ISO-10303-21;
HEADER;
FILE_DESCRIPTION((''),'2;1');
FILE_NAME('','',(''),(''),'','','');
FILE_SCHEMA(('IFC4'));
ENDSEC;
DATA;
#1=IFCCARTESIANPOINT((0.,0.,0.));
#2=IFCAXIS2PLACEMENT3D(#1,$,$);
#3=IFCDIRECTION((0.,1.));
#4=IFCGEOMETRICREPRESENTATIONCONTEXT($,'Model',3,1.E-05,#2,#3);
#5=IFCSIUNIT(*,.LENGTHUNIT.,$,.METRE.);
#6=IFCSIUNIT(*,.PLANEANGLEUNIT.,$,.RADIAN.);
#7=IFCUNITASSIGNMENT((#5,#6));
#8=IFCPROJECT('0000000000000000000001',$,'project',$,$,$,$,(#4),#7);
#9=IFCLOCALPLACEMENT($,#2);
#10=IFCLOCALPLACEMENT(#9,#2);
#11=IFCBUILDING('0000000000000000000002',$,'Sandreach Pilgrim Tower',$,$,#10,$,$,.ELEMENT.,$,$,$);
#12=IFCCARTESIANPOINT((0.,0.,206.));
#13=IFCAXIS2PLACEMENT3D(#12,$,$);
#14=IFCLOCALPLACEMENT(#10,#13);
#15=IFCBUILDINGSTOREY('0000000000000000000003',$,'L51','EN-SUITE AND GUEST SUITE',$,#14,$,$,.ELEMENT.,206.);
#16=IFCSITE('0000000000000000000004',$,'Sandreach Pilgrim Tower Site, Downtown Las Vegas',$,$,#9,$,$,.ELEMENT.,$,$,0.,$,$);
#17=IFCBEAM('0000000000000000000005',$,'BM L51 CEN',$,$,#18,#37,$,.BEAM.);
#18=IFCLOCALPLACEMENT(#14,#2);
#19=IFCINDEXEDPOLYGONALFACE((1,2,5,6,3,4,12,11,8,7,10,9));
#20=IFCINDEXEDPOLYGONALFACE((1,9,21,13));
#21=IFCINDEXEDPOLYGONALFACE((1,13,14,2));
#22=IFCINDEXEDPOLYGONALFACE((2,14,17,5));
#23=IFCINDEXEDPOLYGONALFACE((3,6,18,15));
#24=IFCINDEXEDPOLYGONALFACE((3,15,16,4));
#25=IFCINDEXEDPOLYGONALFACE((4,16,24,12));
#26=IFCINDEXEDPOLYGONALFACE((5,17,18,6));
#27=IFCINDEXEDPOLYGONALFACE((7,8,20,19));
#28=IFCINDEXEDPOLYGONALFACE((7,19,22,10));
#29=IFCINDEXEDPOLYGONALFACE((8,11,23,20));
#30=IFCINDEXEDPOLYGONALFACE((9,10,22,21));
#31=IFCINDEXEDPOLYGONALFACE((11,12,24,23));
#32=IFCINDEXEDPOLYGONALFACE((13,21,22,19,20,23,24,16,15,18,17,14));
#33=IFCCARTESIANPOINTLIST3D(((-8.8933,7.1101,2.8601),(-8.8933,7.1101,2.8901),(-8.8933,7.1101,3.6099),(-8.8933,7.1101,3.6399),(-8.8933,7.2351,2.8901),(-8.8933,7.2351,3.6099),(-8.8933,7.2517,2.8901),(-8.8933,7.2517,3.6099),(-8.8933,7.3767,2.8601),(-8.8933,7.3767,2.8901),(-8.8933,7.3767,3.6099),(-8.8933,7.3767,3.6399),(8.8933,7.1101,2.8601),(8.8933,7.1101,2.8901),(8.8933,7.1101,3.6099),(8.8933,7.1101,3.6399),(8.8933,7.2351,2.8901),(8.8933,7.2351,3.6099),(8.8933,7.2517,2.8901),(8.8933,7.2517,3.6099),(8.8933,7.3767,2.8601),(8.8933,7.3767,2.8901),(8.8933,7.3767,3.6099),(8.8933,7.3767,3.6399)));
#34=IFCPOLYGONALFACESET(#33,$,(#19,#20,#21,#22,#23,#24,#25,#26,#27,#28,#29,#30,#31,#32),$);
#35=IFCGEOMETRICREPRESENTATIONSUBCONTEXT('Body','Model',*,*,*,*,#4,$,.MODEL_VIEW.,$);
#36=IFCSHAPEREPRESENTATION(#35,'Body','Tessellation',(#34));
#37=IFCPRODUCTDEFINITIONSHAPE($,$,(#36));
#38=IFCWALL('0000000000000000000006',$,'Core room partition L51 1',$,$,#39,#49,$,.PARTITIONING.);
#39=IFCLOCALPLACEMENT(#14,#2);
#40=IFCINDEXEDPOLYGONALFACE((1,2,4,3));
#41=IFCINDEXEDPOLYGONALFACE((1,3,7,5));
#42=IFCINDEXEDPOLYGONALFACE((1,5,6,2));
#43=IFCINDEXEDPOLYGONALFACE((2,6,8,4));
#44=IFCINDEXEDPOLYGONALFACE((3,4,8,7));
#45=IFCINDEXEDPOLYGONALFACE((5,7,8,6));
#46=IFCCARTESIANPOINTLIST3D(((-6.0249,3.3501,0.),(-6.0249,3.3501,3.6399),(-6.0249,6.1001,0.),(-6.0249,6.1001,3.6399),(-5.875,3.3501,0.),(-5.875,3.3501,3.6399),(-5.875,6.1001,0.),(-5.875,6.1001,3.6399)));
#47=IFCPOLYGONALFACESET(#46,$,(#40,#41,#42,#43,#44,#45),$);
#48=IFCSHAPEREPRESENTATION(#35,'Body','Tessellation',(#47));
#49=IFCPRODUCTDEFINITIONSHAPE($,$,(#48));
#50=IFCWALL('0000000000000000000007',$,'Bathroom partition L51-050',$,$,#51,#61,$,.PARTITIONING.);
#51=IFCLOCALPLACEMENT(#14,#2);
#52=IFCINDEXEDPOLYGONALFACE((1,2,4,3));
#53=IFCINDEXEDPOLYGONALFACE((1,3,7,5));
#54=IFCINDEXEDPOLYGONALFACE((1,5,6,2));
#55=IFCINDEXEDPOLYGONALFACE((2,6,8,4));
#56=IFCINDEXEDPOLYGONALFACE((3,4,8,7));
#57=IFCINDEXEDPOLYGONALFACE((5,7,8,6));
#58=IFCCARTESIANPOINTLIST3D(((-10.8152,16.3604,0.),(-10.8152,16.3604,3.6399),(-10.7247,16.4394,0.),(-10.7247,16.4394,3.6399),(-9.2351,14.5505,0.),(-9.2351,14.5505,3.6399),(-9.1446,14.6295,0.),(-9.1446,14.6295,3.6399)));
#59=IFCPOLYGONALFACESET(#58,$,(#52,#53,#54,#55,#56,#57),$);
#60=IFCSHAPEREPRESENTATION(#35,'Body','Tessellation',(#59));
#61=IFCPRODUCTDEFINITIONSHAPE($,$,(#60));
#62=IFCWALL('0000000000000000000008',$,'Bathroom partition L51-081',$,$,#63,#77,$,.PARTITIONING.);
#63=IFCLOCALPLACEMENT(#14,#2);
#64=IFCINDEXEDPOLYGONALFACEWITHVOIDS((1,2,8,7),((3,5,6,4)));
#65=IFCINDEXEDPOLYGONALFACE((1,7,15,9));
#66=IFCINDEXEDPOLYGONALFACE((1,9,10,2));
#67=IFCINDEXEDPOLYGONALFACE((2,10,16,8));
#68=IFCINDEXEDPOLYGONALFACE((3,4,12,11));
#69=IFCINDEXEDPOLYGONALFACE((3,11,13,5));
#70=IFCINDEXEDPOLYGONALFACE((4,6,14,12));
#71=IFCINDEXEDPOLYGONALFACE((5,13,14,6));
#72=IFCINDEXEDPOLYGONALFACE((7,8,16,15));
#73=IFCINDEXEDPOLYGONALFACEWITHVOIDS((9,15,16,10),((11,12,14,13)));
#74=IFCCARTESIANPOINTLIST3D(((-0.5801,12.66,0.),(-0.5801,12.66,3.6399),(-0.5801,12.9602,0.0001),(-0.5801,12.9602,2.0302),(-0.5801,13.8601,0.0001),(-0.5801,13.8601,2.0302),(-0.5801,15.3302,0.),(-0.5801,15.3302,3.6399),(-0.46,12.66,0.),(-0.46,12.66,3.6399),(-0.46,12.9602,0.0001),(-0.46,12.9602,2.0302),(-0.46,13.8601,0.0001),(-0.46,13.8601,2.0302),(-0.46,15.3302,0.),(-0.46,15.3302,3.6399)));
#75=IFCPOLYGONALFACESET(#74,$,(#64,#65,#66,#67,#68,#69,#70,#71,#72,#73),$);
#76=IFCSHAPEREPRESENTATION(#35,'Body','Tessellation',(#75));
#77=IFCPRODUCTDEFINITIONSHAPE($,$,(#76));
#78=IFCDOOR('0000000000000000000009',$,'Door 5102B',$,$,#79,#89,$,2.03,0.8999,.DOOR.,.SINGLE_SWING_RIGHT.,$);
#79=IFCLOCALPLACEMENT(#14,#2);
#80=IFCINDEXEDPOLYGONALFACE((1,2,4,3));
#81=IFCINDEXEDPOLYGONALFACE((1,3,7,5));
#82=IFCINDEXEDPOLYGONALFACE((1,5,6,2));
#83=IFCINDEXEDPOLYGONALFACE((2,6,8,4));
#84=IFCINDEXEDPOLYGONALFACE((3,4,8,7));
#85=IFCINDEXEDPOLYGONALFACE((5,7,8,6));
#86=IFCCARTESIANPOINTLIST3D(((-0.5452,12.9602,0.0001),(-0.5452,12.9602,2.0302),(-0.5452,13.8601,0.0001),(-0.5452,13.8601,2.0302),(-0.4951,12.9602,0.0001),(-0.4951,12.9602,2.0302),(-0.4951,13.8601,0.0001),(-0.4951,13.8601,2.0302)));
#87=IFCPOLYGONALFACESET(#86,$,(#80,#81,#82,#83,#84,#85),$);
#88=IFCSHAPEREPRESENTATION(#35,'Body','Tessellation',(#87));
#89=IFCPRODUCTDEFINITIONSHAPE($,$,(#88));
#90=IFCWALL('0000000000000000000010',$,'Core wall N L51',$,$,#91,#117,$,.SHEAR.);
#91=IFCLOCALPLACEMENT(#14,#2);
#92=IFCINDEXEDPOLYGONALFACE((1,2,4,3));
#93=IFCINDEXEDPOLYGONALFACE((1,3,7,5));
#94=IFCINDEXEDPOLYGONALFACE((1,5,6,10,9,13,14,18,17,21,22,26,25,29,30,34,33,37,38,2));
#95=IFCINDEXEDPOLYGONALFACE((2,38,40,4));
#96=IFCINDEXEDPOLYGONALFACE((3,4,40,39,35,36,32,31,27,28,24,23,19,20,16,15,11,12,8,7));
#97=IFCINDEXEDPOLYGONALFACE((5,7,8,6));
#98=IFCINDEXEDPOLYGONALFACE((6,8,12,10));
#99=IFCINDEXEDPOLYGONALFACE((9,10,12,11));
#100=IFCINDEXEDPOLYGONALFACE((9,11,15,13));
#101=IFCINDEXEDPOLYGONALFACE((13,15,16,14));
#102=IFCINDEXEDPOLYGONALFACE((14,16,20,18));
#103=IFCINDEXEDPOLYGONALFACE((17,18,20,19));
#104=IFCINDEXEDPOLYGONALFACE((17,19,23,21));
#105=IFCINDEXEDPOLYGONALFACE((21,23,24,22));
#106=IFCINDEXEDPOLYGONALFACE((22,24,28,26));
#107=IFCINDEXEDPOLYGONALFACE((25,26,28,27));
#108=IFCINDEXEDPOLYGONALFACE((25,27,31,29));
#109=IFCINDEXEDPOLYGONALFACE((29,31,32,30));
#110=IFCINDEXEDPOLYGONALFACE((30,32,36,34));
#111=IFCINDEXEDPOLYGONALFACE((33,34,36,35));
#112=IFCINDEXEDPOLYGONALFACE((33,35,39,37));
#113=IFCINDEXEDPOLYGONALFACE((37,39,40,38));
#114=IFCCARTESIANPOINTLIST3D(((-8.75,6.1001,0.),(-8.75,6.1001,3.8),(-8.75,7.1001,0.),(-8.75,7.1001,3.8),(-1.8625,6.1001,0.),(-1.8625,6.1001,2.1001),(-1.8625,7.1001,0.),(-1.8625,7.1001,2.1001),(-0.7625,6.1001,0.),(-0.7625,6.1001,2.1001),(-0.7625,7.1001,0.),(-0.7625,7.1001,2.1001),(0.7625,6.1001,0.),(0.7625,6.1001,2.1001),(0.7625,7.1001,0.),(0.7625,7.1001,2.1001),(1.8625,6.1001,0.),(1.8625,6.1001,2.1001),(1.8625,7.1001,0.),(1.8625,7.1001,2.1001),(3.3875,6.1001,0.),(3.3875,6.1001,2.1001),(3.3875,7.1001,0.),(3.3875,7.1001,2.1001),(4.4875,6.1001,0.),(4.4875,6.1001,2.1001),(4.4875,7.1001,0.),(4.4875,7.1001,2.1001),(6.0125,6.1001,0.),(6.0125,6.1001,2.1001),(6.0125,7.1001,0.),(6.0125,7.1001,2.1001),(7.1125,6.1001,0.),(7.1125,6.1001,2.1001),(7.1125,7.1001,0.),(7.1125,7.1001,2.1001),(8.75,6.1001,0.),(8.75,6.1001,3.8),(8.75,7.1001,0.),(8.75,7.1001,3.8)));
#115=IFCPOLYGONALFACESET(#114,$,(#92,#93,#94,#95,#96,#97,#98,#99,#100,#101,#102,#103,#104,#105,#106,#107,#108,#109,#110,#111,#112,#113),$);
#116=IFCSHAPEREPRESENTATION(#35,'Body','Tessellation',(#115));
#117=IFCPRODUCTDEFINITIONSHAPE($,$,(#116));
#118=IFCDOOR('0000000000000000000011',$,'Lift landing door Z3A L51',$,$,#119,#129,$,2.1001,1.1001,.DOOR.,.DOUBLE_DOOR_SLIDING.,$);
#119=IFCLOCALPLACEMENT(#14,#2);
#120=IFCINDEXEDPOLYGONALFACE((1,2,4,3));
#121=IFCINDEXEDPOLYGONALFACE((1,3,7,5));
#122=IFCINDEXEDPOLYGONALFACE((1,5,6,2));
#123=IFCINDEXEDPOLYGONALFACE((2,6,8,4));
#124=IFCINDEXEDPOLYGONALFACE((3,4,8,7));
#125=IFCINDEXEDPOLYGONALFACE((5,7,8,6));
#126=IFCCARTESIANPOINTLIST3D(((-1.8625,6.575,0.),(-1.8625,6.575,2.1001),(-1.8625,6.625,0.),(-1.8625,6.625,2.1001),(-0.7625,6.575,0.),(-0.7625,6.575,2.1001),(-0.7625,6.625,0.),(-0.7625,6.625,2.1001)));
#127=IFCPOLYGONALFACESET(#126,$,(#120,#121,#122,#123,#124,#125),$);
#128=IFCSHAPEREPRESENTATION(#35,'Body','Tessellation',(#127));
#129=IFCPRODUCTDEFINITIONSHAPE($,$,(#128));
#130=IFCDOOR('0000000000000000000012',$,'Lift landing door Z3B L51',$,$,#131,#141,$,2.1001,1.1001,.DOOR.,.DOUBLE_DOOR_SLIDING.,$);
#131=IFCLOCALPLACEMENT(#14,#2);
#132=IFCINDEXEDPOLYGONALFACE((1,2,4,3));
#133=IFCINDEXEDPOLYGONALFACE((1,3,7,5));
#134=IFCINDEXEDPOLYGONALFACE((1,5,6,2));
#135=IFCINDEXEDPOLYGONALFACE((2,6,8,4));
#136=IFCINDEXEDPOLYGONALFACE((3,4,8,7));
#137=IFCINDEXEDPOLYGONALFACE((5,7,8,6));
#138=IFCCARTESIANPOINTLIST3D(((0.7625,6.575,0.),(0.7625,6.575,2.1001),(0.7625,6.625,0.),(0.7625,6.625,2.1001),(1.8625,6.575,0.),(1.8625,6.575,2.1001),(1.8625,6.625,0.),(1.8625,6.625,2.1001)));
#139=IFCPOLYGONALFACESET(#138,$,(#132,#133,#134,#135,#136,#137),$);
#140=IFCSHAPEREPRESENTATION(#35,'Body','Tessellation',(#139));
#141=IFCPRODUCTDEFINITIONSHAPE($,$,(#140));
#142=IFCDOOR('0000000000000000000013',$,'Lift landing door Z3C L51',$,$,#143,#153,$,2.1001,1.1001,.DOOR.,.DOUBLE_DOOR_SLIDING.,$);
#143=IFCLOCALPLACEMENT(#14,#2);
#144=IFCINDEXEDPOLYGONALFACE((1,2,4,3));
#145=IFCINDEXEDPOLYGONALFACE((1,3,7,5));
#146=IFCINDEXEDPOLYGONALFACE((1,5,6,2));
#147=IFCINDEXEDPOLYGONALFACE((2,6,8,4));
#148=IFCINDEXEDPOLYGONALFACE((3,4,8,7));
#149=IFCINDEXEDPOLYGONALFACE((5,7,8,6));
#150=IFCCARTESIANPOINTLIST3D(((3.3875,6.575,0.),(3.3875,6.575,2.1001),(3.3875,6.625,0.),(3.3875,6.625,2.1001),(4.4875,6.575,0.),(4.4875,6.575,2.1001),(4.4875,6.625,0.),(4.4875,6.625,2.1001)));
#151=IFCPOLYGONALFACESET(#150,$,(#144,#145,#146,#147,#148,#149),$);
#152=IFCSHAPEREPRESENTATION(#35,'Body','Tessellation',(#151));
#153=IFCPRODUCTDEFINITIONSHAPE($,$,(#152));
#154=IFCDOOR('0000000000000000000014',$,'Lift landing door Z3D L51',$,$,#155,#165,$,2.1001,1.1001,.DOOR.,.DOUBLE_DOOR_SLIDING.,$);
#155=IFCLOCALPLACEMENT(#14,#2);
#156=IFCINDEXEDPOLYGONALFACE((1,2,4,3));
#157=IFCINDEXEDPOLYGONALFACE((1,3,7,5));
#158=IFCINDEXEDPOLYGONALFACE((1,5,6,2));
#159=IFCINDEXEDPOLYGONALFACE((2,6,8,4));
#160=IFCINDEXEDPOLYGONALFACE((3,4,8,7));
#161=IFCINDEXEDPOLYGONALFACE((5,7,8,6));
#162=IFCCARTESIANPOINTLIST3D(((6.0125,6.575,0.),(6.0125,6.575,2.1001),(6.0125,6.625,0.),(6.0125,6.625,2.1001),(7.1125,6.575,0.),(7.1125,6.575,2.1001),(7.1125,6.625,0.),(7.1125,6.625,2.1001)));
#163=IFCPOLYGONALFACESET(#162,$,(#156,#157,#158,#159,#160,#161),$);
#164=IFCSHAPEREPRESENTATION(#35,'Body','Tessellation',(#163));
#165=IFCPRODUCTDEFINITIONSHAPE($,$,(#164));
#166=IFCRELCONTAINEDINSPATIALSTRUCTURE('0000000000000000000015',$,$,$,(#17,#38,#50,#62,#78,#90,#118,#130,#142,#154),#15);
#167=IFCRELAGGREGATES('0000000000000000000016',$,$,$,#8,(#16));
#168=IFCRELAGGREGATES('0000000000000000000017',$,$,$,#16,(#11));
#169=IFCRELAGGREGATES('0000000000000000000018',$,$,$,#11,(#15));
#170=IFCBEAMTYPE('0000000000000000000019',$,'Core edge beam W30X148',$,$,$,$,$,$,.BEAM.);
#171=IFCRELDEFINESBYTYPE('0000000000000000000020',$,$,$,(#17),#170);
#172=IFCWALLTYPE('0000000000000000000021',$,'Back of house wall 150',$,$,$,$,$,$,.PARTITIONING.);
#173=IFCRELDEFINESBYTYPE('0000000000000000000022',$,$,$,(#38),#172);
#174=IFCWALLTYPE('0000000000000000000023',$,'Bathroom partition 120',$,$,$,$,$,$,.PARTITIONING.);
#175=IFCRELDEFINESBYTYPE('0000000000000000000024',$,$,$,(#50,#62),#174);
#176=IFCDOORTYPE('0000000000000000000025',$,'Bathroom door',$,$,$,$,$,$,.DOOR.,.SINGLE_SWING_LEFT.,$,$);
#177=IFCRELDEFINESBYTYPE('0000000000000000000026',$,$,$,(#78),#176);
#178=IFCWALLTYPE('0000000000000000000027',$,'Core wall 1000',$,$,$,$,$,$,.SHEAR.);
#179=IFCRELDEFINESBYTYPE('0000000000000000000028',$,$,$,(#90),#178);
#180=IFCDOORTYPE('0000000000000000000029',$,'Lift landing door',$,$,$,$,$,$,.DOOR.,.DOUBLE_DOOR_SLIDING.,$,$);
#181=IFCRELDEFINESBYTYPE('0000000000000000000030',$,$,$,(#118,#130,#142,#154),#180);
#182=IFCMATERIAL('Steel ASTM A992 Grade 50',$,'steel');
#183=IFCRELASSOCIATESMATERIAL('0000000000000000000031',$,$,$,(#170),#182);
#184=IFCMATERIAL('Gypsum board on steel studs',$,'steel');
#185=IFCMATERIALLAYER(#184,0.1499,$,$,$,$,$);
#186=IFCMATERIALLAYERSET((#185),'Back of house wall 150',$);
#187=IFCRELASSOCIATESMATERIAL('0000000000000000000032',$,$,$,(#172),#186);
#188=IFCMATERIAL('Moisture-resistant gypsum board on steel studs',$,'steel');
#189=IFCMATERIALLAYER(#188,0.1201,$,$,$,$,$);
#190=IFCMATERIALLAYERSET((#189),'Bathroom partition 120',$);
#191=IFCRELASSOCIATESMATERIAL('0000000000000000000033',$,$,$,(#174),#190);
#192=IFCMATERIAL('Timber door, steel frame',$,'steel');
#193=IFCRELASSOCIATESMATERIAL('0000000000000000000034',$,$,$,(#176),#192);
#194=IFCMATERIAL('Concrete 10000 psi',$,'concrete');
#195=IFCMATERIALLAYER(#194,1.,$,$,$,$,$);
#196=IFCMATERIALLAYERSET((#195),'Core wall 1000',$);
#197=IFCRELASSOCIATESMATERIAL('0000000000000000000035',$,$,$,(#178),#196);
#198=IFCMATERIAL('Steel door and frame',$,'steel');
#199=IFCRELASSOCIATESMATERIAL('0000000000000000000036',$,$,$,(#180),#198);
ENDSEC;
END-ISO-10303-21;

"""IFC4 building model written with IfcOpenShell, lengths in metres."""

from ifc_helpers import new_model, si_unit, direction, frame, frame_2d, origin, origin_2d, place, context, subcontext, project, spatial, rectangle, i_section, extrude, material, layer, layer_set, material_profile, profile_set, type_object, element, fill, save


model = new_model("IFC4")

# Units and contexts
model_context = context("Model", 3, precision=1e-05, world=origin(), true_north=direction((0.0, 1.0)))
body_context = subcontext(model_context, "Body", "Model", "MODEL_VIEW")
ifc_project = project(units=[si_unit("LENGTHUNIT", "METRE"), si_unit("PLANEANGLEUNIT", "RADIAN")], contexts=[model_context])

# Site, building, storey
site_placement = place(None, origin())
site = spatial("IfcSite", under=ifc_project, at=site_placement, Name="Sandreach Pilgrim Tower Site, Downtown Las Vegas", CompositionType="ELEMENT", RefElevation=0.0)
building_placement = place(site_placement, origin())
building = spatial("IfcBuilding", under=site, at=building_placement, Name="Sandreach Pilgrim Tower", CompositionType="ELEMENT")
storey_placement = place(building_placement, frame((0.0, 0.0, 206.0)))
storey = spatial("IfcBuildingStorey", under=building, at=storey_placement, Name="L51", Description="EN-SUITE AND GUEST SUITE", CompositionType="ELEMENT", Elevation=206.0)

# Beam
ifc_material_1 = material(Name="Steel ASTM A992 Grade 50", Category="steel")
ifc_material_profile = material_profile(ifc_material_1, i_section(OverallWidth=0.2666, OverallDepth=0.7798, WebThickness=0.0166, FlangeThickness=0.03, at=origin_2d()), Name="W30X148")
ifc_profile_set = profile_set([ifc_material_profile], Name="Steel ASTM A992 Grade 50")
beam_type = type_object("IfcBeamType", Name="Core edge beam W30X148", PredefinedType="BEAM", material=ifc_profile_set)
beam_placement = place(storey_placement, frame((-8.8933, 7.2434, 3.25), z_axis=(1.0, 0.0, 0.0), x_axis=(0.0, 1.0, 0.0)))
element("IfcBeam", 1, at=beam_placement, inside=storey, type_object=beam_type, Name="BM L51 CEN", PredefinedType="BEAM", context=body_context, shape_type="SweptSolid", body=[
    extrude(i_section(OverallWidth=0.2666, OverallDepth=0.7798, WebThickness=0.0166, FlangeThickness=0.03, at=origin_2d()), origin(), (0.0, 0.0, 1.0), 17.7866),
])

# Walls
ifc_material_2 = material(Name="Gypsum board on steel studs", Category="steel")
ifc_layer_1 = layer(ifc_material_2, 0.1499)
ifc_layer_set_1 = layer_set([ifc_layer_1], Name="Back of house wall 150")
wall_type_1 = type_object("IfcWallType", Name="Back of house wall 150", PredefinedType="PARTITIONING", material=ifc_layer_set_1)
wall_1_placement = place(storey_placement, frame((-5.95, 3.3501, 0.0), z_axis=(0.0, 0.0, 1.0), x_axis=(0.0, 1.0, 0.0)))
element("IfcWall", 2, at=wall_1_placement, inside=storey, type_object=wall_type_1, Name="Core room partition L51 1", PredefinedType="PARTITIONING", context=body_context, shape_type="SweptSolid", body=[
    extrude(rectangle(XDim=2.75, YDim=0.1499, at=frame_2d((1.375, 0.0))), origin(), (0.0, 0.0, 1.0), 3.6399),
])
ifc_material_3 = material(Name="Moisture-resistant gypsum board on steel studs", Category="steel")
ifc_layer_2 = layer(ifc_material_3, 0.1201)
ifc_layer_set_2 = layer_set([ifc_layer_2], Name="Bathroom partition 120")
wall_type_2 = type_object("IfcWallType", Name="Bathroom partition 120", PredefinedType="PARTITIONING", material=ifc_layer_set_2)
wall_2_placement = place(storey_placement, frame((-9.1899, 14.5901, 0.0), z_axis=(0.0, 0.0, 1.0), x_axis=(-0.657677, 0.7533, 0.0)))
element("IfcWall", 3, at=wall_2_placement, inside=storey, type_object=wall_type_2, Name="Bathroom partition L51-050", PredefinedType="PARTITIONING", context=body_context, shape_type="SweptSolid", body=[
    extrude(rectangle(XDim=2.4026, YDim=0.1201, at=frame_2d((1.2012, 0.0))), origin(), (0.0, 0.0, 1.0), 3.6399),
])

# Wall, opening, door
wall_3_placement = place(storey_placement, frame((-0.52, 15.3301, 0.0), z_axis=(0.0, 0.0, 1.0), x_axis=(0.0, -1.0, 0.0)))
wall_3 = element("IfcWall", 4, at=wall_3_placement, inside=storey, type_object=wall_type_2, Name="Bathroom partition L51-081", PredefinedType="PARTITIONING", context=body_context, shape_type="SweptSolid", body=[
    extrude(rectangle(XDim=2.6702, YDim=0.1201, at=frame_2d((1.335, 0.0))), origin(), (0.0, 0.0, 1.0), 3.6399),
])
opening_1_placement = place(wall_3_placement, frame((1.47, 0.0, 0.0)))
opening_1 = element("IfcOpeningElement", 5, at=opening_1_placement, cuts=wall_3, PredefinedType="OPENING", context=body_context, shape_type="SweptSolid", body=[
    extrude(rectangle(XDim=0.8999, YDim=2.03, at=frame_2d((0.45, 1.0151))), frame((0.0, 0.0601, 0.0), z_axis=(0.0, -1.0, 0.0), x_axis=(1.0, 0.0, 0.0)), (0.0, 0.0, 1.0), 0.1201),
])
ifc_material_4 = material(Name="Timber door, steel frame", Category="steel")
door_type_1 = type_object("IfcDoorType", Name="Bathroom door", OperationType="SINGLE_SWING_LEFT", PredefinedType="DOOR", material=ifc_material_4)
door_1_placement = place(opening_1_placement, origin())
door_1 = element("IfcDoor", 6, at=door_1_placement, inside=storey, type_object=door_type_1, Name="Door 5102B", OperationType="SINGLE_SWING_RIGHT", OverallHeight=2.03, OverallWidth=0.8999, PredefinedType="DOOR", context=body_context, shape_type="SweptSolid", body=[
    extrude(rectangle(XDim=0.8999, YDim=2.03, at=frame_2d((0.45, 1.0151))), frame((0.0, 0.0249, 0.0), z_axis=(0.0, -1.0, 0.0), x_axis=(1.0, 0.0, 0.0)), (0.0, 0.0, 1.0), 0.05),
])
fill(opening_1, door_1)

# Wall, openings, doors
ifc_material_5 = material(Name="Concrete 10000 psi", Category="concrete")
ifc_layer_3 = layer(ifc_material_5, 1.0)
ifc_layer_set_3 = layer_set([ifc_layer_3], Name="Core wall 1000")
wall_type_3 = type_object("IfcWallType", Name="Core wall 1000", PredefinedType="SHEAR", material=ifc_layer_set_3)
wall_4_placement = place(storey_placement, frame((-8.75, 6.6001, 0.0), z_axis=(0.0, 0.0, 1.0), x_axis=(1.0, 0.0, 0.0)))
wall_4 = element("IfcWall", 7, at=wall_4_placement, inside=storey, type_object=wall_type_3, Name="Core wall N L51", PredefinedType="SHEAR", context=body_context, shape_type="SweptSolid", body=[
    extrude(rectangle(XDim=17.5, YDim=1.0, at=frame_2d((8.75, 0.0))), origin(), (0.0, 0.0, 1.0), 3.8),
])
opening_2_placement = place(wall_4_placement, frame((6.8875, 0.0, 0.0)))
opening_2 = element("IfcOpeningElement", 8, at=opening_2_placement, cuts=wall_4, PredefinedType="OPENING", context=body_context, shape_type="SweptSolid", body=[
    extrude(rectangle(XDim=1.1001, YDim=2.1001, at=frame_2d((0.55, 1.05))), frame((0.0, 0.5, 0.0), z_axis=(0.0, -1.0, 0.0), x_axis=(1.0, 0.0, 0.0)), (0.0, 0.0, 1.0), 1.0),
])
opening_3_placement = place(wall_4_placement, frame((9.5125, 0.0, 0.0)))
opening_3 = element("IfcOpeningElement", 9, at=opening_3_placement, cuts=wall_4, PredefinedType="OPENING", context=body_context, shape_type="SweptSolid", body=[
    extrude(rectangle(XDim=1.1001, YDim=2.1001, at=frame_2d((0.55, 1.05))), frame((0.0, 0.5, 0.0), z_axis=(0.0, -1.0, 0.0), x_axis=(1.0, 0.0, 0.0)), (0.0, 0.0, 1.0), 1.0),
])
opening_4_placement = place(wall_4_placement, frame((12.1375, 0.0, 0.0)))
opening_4 = element("IfcOpeningElement", 10, at=opening_4_placement, cuts=wall_4, PredefinedType="OPENING", context=body_context, shape_type="SweptSolid", body=[
    extrude(rectangle(XDim=1.1001, YDim=2.1001, at=frame_2d((0.55, 1.05))), frame((0.0, 0.5, 0.0), z_axis=(0.0, -1.0, 0.0), x_axis=(1.0, 0.0, 0.0)), (0.0, 0.0, 1.0), 1.0),
])
opening_5_placement = place(wall_4_placement, frame((14.7625, 0.0, 0.0)))
opening_5 = element("IfcOpeningElement", 11, at=opening_5_placement, cuts=wall_4, PredefinedType="OPENING", context=body_context, shape_type="SweptSolid", body=[
    extrude(rectangle(XDim=1.1001, YDim=2.1001, at=frame_2d((0.55, 1.05))), frame((0.0, 0.5, 0.0), z_axis=(0.0, -1.0, 0.0), x_axis=(1.0, 0.0, 0.0)), (0.0, 0.0, 1.0), 1.0),
])
ifc_material_6 = material(Name="Steel door and frame", Category="steel")
door_type_2 = type_object("IfcDoorType", Name="Lift landing door", OperationType="DOUBLE_DOOR_SLIDING", PredefinedType="DOOR", material=ifc_material_6)
door_2_placement = place(opening_2_placement, origin())
door_2 = element("IfcDoor", 12, at=door_2_placement, inside=storey, type_object=door_type_2, Name="Lift landing door Z3A L51", OperationType="DOUBLE_DOOR_SLIDING", OverallHeight=2.1001, OverallWidth=1.1001, PredefinedType="DOOR", context=body_context, shape_type="SweptSolid", body=[
    extrude(rectangle(XDim=1.1001, YDim=2.1001, at=frame_2d((0.55, 1.05))), frame((0.0, 0.0249, 0.0), z_axis=(0.0, -1.0, 0.0), x_axis=(1.0, 0.0, 0.0)), (0.0, 0.0, 1.0), 0.05),
])
fill(opening_2, door_2)
door_3_placement = place(opening_3_placement, origin())
door_3 = element("IfcDoor", 13, at=door_3_placement, inside=storey, type_object=door_type_2, Name="Lift landing door Z3B L51", OperationType="DOUBLE_DOOR_SLIDING", OverallHeight=2.1001, OverallWidth=1.1001, PredefinedType="DOOR", context=body_context, shape_type="SweptSolid", body=[
    extrude(rectangle(XDim=1.1001, YDim=2.1001, at=frame_2d((0.55, 1.05))), frame((0.0, 0.0249, 0.0), z_axis=(0.0, -1.0, 0.0), x_axis=(1.0, 0.0, 0.0)), (0.0, 0.0, 1.0), 0.05),
])
fill(opening_3, door_3)
door_4_placement = place(opening_4_placement, origin())
door_4 = element("IfcDoor", 14, at=door_4_placement, inside=storey, type_object=door_type_2, Name="Lift landing door Z3C L51", OperationType="DOUBLE_DOOR_SLIDING", OverallHeight=2.1001, OverallWidth=1.1001, PredefinedType="DOOR", context=body_context, shape_type="SweptSolid", body=[
    extrude(rectangle(XDim=1.1001, YDim=2.1001, at=frame_2d((0.55, 1.05))), frame((0.0, 0.0249, 0.0), z_axis=(0.0, -1.0, 0.0), x_axis=(1.0, 0.0, 0.0)), (0.0, 0.0, 1.0), 0.05),
])
fill(opening_4, door_4)
door_5_placement = place(opening_5_placement, origin())
door_5 = element("IfcDoor", 15, at=door_5_placement, inside=storey, type_object=door_type_2, Name="Lift landing door Z3D L51", OperationType="DOUBLE_DOOR_SLIDING", OverallHeight=2.1001, OverallWidth=1.1001, PredefinedType="DOOR", context=body_context, shape_type="SweptSolid", body=[
    extrude(rectangle(XDim=1.1001, YDim=2.1001, at=frame_2d((0.55, 1.05))), frame((0.0, 0.0249, 0.0), z_axis=(0.0, -1.0, 0.0), x_axis=(1.0, 0.0, 0.0)), (0.0, 0.0, 1.0), 0.05),
])
fill(opening_5, door_5)

save(model, "model.ifc")
